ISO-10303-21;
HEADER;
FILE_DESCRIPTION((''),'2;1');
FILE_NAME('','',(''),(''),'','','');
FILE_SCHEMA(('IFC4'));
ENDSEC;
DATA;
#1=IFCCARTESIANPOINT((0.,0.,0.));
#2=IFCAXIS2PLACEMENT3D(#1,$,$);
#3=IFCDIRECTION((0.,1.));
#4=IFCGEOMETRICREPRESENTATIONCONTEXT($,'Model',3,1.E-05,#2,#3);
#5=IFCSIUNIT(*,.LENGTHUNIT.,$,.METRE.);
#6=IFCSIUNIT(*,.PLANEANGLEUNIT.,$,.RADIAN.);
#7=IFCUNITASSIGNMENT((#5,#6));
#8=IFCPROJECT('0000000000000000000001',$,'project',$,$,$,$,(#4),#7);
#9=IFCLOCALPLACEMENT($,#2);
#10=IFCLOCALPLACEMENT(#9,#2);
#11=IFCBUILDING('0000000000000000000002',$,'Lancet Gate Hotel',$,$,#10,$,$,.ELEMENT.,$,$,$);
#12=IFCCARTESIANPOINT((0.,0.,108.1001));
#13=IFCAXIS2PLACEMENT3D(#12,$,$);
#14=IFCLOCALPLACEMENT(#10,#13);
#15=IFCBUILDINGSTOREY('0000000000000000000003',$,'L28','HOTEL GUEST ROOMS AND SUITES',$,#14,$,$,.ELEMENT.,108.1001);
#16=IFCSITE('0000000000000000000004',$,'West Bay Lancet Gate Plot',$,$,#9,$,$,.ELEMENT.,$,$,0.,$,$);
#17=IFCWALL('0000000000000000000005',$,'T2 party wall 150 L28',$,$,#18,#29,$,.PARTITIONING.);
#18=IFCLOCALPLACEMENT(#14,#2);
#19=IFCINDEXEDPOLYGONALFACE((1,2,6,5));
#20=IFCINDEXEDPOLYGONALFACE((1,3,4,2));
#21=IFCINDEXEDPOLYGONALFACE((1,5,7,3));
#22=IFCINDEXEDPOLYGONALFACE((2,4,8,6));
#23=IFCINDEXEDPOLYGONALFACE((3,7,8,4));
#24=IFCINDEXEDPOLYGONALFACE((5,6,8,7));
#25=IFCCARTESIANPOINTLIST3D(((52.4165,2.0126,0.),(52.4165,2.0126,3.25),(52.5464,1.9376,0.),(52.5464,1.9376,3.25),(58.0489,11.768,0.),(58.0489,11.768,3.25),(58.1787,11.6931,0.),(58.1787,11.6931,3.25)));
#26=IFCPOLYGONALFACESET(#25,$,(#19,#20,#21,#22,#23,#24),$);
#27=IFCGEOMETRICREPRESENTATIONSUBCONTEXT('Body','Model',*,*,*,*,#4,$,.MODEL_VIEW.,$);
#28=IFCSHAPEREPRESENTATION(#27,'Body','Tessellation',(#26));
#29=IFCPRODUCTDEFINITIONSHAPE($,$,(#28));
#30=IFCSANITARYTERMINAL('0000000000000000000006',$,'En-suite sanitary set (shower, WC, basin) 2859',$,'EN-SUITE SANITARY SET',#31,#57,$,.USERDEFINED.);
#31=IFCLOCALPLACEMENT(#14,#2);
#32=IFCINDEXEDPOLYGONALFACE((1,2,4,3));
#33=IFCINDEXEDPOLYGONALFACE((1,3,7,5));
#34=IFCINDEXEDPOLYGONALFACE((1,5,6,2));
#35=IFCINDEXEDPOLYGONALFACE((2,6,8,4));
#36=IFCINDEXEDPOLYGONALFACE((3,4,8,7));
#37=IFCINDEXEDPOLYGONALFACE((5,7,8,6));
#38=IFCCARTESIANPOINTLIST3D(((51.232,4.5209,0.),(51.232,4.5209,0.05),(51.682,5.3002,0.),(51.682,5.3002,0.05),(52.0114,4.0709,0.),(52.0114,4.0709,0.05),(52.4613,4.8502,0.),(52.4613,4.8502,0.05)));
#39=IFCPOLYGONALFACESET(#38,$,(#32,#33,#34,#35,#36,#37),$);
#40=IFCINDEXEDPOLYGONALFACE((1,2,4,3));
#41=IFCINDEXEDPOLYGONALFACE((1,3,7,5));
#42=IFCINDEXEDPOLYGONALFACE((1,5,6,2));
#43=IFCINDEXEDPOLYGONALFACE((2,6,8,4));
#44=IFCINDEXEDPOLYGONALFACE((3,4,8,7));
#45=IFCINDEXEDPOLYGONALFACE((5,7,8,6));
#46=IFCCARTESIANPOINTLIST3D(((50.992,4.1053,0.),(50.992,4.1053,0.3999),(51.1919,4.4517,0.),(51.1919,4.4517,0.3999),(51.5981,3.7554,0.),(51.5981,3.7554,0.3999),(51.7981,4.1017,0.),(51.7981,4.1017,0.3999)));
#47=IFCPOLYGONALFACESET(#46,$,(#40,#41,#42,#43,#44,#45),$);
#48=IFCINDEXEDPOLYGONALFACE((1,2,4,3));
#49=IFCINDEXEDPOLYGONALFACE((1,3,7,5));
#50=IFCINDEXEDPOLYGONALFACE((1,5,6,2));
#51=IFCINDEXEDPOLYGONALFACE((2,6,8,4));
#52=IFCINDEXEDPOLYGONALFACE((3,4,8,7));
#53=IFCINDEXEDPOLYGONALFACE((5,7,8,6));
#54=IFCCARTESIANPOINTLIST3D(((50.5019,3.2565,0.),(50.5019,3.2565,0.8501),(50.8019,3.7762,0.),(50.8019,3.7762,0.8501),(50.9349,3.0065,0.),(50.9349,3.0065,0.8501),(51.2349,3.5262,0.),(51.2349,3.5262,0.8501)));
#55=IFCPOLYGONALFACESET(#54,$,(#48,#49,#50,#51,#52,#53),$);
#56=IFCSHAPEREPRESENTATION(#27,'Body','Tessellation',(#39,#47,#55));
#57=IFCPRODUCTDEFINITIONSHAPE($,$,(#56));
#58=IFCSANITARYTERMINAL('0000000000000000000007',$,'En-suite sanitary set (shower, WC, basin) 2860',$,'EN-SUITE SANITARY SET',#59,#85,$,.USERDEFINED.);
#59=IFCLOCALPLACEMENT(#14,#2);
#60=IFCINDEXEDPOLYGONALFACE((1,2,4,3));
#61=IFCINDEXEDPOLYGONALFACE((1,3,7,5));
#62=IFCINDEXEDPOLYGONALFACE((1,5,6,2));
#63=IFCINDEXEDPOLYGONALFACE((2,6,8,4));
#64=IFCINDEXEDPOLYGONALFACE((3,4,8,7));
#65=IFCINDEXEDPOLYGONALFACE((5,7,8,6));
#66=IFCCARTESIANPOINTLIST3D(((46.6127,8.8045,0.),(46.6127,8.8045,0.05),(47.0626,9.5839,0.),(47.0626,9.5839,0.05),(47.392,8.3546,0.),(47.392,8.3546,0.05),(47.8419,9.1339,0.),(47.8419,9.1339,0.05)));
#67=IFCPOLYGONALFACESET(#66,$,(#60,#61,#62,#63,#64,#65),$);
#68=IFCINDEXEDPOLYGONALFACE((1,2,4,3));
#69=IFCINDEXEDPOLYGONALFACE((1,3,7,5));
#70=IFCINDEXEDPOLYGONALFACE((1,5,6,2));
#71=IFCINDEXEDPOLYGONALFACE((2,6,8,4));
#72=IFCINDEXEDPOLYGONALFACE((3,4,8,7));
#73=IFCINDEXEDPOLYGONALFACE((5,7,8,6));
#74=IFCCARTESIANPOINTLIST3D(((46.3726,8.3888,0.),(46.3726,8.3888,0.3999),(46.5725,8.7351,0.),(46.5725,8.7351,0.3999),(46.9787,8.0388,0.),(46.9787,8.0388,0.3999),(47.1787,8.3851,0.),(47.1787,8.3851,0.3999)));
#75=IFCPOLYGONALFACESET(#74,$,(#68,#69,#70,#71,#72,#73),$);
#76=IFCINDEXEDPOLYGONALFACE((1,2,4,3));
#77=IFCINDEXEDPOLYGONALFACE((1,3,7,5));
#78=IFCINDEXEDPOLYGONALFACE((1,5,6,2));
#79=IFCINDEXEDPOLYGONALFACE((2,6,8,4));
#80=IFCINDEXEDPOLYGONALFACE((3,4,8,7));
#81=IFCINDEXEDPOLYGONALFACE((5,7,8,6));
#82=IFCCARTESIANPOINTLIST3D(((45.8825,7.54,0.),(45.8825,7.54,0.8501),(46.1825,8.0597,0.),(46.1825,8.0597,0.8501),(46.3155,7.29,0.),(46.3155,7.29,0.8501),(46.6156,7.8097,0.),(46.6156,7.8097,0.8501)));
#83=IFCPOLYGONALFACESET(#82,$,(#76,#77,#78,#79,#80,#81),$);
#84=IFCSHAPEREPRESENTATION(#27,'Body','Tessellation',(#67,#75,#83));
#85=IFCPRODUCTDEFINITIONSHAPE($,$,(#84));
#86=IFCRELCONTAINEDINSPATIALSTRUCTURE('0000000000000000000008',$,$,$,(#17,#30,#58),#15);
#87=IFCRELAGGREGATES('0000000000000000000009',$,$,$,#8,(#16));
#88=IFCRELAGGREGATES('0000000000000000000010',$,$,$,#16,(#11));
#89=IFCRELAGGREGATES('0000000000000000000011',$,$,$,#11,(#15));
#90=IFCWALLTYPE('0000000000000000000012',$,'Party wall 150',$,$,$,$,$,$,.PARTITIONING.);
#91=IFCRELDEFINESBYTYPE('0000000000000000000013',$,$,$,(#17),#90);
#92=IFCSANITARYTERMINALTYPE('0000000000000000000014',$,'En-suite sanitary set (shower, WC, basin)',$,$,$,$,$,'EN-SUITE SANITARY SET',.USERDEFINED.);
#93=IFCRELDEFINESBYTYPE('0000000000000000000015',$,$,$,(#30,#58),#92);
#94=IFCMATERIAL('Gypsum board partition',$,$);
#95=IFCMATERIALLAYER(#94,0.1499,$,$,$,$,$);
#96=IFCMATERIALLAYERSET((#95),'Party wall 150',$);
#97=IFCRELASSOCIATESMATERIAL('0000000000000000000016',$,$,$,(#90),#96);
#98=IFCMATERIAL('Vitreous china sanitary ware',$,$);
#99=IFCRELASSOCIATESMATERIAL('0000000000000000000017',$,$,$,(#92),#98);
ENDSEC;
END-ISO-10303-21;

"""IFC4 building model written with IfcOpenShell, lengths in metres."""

from ifc_helpers import new_model, si_unit, direction, frame, frame_2d, origin, origin_2d, place, context, subcontext, project, spatial, rectangle, extrude, material, layer, layer_set, type_object, element, save


model = new_model("IFC4")

# Units and contexts
model_context = context("Model", 3, precision=1e-05, world=origin(), true_north=direction((0.0, 1.0)))
body_context = subcontext(model_context, "Body", "Model", "MODEL_VIEW")
ifc_project = project(units=[si_unit("LENGTHUNIT", "METRE"), si_unit("PLANEANGLEUNIT", "RADIAN")], contexts=[model_context])

# Site, building, storey
site_placement = place(None, origin())
site = spatial("IfcSite", under=ifc_project, at=site_placement, Name="West Bay Lancet Gate Plot", CompositionType="ELEMENT", RefElevation=0.0)
building_placement = place(site_placement, origin())
building = spatial("IfcBuilding", under=site, at=building_placement, Name="Lancet Gate Hotel", CompositionType="ELEMENT")
storey_placement = place(building_placement, frame((0.0, 0.0, 108.1001)))
storey = spatial("IfcBuildingStorey", under=building, at=storey_placement, Name="L28", Description="HOTEL GUEST ROOMS AND SUITES", CompositionType="ELEMENT", Elevation=108.1001)

# Wall
ifc_material_1 = material(Name="Gypsum board partition")
ifc_layer_1 = layer(ifc_material_1, 0.1499)
ifc_layer_set_1 = layer_set([ifc_layer_1], Name="Party wall 150")
wall_type_1 = type_object("IfcWallType", Name="Party wall 150", PredefinedType="PARTITIONING", material=ifc_layer_set_1)
wall_1_placement = place(storey_placement, frame((52.4814, 1.9751, 0.0), z_axis=(0.0, 0.0, 1.0), x_axis=(0.500004, 0.866023, 0.0)))
element("IfcWall", 1, at=wall_1_placement, inside=storey, type_object=wall_type_1, Name="T2 party wall 150 L28", PredefinedType="PARTITIONING", context=body_context, shape_type="SweptSolid", body=[
    extrude(rectangle(XDim=11.2646, YDim=0.1499, at=frame_2d((5.6323, 0.0))), origin(), (0.0, 0.0, 1.0), 3.25),
])

# Sanitary terminals
ifc_material_2 = material(Name="Vitreous china sanitary ware")
sanitary_terminal_type = type_object("IfcSanitaryTerminalType", Name="En-suite sanitary set (shower, WC, basin)", ElementType="EN-SUITE SANITARY SET", PredefinedType="USERDEFINED", material=ifc_material_2)
sanitary_terminal_1_placement = place(storey_placement, frame((51.8467, 4.6855, 0.0), z_axis=(0.0, 0.0, 1.0), x_axis=(1.0, 0.0, 0.0)))
element("IfcSanitaryTerminal", 2, at=sanitary_terminal_1_placement, inside=storey, type_object=sanitary_terminal_type, Name="En-suite sanitary set (shower, WC, basin) 2859", ObjectType="EN-SUITE SANITARY SET", PredefinedType="USERDEFINED", context=body_context, shape_type="SweptSolid", body=[
    extrude(rectangle(XDim=0.8999, YDim=0.8999, at=origin_2d()), frame((0.0, 0.0, 0.0), z_axis=(0.0, 0.0, 1.0), x_axis=(0.5, 0.866025, 0.0)), (0.0, 0.0, 1.0), 0.05),
    extrude(rectangle(XDim=0.3999, YDim=0.7, at=origin_2d()), frame((-0.4517, -0.582, 0.0), z_axis=(0.0, 0.0, 1.0), x_axis=(0.5, 0.866025, 0.0)), (0.0, 0.0, 1.0), 0.3999),
    extrude(rectangle(XDim=0.6001, YDim=0.5, at=origin_2d()), frame((-0.9783, -1.2942, 0.0), z_axis=(0.0, 0.0, 1.0), x_axis=(0.5, 0.866025, 0.0)), (0.0, 0.0, 1.0), 0.8501),
])
sanitary_terminal_2_placement = place(storey_placement, frame((47.2273, 8.9692, 0.0), z_axis=(0.0, 0.0, 1.0), x_axis=(1.0, 0.0, 0.0)))
element("IfcSanitaryTerminal", 3, at=sanitary_terminal_2_placement, inside=storey, type_object=sanitary_terminal_type, Name="En-suite sanitary set (shower, WC, basin) 2860", ObjectType="EN-SUITE SANITARY SET", PredefinedType="USERDEFINED", context=body_context, shape_type="SweptSolid", body=[
    extrude(rectangle(XDim=0.8999, YDim=0.8999, at=origin_2d()), frame((0.0, 0.0, 0.0), z_axis=(0.0, 0.0, 1.0), x_axis=(0.5, 0.866025, 0.0)), (0.0, 0.0, 1.0), 0.05),
    extrude(rectangle(XDim=0.3999, YDim=0.7, at=origin_2d()), frame((-0.4517, -0.5823, 0.0), z_axis=(0.0, 0.0, 1.0), x_axis=(0.5, 0.866025, 0.0)), (0.0, 0.0, 1.0), 0.3999),
    extrude(rectangle(XDim=0.6001, YDim=0.5, at=origin_2d()), frame((-0.9783, -1.2944, 0.0), z_axis=(0.0, 0.0, 1.0), x_axis=(0.5, 0.866025, 0.0)), (0.0, 0.0, 1.0), 0.8501),
])

save(model, "model.ifc")
